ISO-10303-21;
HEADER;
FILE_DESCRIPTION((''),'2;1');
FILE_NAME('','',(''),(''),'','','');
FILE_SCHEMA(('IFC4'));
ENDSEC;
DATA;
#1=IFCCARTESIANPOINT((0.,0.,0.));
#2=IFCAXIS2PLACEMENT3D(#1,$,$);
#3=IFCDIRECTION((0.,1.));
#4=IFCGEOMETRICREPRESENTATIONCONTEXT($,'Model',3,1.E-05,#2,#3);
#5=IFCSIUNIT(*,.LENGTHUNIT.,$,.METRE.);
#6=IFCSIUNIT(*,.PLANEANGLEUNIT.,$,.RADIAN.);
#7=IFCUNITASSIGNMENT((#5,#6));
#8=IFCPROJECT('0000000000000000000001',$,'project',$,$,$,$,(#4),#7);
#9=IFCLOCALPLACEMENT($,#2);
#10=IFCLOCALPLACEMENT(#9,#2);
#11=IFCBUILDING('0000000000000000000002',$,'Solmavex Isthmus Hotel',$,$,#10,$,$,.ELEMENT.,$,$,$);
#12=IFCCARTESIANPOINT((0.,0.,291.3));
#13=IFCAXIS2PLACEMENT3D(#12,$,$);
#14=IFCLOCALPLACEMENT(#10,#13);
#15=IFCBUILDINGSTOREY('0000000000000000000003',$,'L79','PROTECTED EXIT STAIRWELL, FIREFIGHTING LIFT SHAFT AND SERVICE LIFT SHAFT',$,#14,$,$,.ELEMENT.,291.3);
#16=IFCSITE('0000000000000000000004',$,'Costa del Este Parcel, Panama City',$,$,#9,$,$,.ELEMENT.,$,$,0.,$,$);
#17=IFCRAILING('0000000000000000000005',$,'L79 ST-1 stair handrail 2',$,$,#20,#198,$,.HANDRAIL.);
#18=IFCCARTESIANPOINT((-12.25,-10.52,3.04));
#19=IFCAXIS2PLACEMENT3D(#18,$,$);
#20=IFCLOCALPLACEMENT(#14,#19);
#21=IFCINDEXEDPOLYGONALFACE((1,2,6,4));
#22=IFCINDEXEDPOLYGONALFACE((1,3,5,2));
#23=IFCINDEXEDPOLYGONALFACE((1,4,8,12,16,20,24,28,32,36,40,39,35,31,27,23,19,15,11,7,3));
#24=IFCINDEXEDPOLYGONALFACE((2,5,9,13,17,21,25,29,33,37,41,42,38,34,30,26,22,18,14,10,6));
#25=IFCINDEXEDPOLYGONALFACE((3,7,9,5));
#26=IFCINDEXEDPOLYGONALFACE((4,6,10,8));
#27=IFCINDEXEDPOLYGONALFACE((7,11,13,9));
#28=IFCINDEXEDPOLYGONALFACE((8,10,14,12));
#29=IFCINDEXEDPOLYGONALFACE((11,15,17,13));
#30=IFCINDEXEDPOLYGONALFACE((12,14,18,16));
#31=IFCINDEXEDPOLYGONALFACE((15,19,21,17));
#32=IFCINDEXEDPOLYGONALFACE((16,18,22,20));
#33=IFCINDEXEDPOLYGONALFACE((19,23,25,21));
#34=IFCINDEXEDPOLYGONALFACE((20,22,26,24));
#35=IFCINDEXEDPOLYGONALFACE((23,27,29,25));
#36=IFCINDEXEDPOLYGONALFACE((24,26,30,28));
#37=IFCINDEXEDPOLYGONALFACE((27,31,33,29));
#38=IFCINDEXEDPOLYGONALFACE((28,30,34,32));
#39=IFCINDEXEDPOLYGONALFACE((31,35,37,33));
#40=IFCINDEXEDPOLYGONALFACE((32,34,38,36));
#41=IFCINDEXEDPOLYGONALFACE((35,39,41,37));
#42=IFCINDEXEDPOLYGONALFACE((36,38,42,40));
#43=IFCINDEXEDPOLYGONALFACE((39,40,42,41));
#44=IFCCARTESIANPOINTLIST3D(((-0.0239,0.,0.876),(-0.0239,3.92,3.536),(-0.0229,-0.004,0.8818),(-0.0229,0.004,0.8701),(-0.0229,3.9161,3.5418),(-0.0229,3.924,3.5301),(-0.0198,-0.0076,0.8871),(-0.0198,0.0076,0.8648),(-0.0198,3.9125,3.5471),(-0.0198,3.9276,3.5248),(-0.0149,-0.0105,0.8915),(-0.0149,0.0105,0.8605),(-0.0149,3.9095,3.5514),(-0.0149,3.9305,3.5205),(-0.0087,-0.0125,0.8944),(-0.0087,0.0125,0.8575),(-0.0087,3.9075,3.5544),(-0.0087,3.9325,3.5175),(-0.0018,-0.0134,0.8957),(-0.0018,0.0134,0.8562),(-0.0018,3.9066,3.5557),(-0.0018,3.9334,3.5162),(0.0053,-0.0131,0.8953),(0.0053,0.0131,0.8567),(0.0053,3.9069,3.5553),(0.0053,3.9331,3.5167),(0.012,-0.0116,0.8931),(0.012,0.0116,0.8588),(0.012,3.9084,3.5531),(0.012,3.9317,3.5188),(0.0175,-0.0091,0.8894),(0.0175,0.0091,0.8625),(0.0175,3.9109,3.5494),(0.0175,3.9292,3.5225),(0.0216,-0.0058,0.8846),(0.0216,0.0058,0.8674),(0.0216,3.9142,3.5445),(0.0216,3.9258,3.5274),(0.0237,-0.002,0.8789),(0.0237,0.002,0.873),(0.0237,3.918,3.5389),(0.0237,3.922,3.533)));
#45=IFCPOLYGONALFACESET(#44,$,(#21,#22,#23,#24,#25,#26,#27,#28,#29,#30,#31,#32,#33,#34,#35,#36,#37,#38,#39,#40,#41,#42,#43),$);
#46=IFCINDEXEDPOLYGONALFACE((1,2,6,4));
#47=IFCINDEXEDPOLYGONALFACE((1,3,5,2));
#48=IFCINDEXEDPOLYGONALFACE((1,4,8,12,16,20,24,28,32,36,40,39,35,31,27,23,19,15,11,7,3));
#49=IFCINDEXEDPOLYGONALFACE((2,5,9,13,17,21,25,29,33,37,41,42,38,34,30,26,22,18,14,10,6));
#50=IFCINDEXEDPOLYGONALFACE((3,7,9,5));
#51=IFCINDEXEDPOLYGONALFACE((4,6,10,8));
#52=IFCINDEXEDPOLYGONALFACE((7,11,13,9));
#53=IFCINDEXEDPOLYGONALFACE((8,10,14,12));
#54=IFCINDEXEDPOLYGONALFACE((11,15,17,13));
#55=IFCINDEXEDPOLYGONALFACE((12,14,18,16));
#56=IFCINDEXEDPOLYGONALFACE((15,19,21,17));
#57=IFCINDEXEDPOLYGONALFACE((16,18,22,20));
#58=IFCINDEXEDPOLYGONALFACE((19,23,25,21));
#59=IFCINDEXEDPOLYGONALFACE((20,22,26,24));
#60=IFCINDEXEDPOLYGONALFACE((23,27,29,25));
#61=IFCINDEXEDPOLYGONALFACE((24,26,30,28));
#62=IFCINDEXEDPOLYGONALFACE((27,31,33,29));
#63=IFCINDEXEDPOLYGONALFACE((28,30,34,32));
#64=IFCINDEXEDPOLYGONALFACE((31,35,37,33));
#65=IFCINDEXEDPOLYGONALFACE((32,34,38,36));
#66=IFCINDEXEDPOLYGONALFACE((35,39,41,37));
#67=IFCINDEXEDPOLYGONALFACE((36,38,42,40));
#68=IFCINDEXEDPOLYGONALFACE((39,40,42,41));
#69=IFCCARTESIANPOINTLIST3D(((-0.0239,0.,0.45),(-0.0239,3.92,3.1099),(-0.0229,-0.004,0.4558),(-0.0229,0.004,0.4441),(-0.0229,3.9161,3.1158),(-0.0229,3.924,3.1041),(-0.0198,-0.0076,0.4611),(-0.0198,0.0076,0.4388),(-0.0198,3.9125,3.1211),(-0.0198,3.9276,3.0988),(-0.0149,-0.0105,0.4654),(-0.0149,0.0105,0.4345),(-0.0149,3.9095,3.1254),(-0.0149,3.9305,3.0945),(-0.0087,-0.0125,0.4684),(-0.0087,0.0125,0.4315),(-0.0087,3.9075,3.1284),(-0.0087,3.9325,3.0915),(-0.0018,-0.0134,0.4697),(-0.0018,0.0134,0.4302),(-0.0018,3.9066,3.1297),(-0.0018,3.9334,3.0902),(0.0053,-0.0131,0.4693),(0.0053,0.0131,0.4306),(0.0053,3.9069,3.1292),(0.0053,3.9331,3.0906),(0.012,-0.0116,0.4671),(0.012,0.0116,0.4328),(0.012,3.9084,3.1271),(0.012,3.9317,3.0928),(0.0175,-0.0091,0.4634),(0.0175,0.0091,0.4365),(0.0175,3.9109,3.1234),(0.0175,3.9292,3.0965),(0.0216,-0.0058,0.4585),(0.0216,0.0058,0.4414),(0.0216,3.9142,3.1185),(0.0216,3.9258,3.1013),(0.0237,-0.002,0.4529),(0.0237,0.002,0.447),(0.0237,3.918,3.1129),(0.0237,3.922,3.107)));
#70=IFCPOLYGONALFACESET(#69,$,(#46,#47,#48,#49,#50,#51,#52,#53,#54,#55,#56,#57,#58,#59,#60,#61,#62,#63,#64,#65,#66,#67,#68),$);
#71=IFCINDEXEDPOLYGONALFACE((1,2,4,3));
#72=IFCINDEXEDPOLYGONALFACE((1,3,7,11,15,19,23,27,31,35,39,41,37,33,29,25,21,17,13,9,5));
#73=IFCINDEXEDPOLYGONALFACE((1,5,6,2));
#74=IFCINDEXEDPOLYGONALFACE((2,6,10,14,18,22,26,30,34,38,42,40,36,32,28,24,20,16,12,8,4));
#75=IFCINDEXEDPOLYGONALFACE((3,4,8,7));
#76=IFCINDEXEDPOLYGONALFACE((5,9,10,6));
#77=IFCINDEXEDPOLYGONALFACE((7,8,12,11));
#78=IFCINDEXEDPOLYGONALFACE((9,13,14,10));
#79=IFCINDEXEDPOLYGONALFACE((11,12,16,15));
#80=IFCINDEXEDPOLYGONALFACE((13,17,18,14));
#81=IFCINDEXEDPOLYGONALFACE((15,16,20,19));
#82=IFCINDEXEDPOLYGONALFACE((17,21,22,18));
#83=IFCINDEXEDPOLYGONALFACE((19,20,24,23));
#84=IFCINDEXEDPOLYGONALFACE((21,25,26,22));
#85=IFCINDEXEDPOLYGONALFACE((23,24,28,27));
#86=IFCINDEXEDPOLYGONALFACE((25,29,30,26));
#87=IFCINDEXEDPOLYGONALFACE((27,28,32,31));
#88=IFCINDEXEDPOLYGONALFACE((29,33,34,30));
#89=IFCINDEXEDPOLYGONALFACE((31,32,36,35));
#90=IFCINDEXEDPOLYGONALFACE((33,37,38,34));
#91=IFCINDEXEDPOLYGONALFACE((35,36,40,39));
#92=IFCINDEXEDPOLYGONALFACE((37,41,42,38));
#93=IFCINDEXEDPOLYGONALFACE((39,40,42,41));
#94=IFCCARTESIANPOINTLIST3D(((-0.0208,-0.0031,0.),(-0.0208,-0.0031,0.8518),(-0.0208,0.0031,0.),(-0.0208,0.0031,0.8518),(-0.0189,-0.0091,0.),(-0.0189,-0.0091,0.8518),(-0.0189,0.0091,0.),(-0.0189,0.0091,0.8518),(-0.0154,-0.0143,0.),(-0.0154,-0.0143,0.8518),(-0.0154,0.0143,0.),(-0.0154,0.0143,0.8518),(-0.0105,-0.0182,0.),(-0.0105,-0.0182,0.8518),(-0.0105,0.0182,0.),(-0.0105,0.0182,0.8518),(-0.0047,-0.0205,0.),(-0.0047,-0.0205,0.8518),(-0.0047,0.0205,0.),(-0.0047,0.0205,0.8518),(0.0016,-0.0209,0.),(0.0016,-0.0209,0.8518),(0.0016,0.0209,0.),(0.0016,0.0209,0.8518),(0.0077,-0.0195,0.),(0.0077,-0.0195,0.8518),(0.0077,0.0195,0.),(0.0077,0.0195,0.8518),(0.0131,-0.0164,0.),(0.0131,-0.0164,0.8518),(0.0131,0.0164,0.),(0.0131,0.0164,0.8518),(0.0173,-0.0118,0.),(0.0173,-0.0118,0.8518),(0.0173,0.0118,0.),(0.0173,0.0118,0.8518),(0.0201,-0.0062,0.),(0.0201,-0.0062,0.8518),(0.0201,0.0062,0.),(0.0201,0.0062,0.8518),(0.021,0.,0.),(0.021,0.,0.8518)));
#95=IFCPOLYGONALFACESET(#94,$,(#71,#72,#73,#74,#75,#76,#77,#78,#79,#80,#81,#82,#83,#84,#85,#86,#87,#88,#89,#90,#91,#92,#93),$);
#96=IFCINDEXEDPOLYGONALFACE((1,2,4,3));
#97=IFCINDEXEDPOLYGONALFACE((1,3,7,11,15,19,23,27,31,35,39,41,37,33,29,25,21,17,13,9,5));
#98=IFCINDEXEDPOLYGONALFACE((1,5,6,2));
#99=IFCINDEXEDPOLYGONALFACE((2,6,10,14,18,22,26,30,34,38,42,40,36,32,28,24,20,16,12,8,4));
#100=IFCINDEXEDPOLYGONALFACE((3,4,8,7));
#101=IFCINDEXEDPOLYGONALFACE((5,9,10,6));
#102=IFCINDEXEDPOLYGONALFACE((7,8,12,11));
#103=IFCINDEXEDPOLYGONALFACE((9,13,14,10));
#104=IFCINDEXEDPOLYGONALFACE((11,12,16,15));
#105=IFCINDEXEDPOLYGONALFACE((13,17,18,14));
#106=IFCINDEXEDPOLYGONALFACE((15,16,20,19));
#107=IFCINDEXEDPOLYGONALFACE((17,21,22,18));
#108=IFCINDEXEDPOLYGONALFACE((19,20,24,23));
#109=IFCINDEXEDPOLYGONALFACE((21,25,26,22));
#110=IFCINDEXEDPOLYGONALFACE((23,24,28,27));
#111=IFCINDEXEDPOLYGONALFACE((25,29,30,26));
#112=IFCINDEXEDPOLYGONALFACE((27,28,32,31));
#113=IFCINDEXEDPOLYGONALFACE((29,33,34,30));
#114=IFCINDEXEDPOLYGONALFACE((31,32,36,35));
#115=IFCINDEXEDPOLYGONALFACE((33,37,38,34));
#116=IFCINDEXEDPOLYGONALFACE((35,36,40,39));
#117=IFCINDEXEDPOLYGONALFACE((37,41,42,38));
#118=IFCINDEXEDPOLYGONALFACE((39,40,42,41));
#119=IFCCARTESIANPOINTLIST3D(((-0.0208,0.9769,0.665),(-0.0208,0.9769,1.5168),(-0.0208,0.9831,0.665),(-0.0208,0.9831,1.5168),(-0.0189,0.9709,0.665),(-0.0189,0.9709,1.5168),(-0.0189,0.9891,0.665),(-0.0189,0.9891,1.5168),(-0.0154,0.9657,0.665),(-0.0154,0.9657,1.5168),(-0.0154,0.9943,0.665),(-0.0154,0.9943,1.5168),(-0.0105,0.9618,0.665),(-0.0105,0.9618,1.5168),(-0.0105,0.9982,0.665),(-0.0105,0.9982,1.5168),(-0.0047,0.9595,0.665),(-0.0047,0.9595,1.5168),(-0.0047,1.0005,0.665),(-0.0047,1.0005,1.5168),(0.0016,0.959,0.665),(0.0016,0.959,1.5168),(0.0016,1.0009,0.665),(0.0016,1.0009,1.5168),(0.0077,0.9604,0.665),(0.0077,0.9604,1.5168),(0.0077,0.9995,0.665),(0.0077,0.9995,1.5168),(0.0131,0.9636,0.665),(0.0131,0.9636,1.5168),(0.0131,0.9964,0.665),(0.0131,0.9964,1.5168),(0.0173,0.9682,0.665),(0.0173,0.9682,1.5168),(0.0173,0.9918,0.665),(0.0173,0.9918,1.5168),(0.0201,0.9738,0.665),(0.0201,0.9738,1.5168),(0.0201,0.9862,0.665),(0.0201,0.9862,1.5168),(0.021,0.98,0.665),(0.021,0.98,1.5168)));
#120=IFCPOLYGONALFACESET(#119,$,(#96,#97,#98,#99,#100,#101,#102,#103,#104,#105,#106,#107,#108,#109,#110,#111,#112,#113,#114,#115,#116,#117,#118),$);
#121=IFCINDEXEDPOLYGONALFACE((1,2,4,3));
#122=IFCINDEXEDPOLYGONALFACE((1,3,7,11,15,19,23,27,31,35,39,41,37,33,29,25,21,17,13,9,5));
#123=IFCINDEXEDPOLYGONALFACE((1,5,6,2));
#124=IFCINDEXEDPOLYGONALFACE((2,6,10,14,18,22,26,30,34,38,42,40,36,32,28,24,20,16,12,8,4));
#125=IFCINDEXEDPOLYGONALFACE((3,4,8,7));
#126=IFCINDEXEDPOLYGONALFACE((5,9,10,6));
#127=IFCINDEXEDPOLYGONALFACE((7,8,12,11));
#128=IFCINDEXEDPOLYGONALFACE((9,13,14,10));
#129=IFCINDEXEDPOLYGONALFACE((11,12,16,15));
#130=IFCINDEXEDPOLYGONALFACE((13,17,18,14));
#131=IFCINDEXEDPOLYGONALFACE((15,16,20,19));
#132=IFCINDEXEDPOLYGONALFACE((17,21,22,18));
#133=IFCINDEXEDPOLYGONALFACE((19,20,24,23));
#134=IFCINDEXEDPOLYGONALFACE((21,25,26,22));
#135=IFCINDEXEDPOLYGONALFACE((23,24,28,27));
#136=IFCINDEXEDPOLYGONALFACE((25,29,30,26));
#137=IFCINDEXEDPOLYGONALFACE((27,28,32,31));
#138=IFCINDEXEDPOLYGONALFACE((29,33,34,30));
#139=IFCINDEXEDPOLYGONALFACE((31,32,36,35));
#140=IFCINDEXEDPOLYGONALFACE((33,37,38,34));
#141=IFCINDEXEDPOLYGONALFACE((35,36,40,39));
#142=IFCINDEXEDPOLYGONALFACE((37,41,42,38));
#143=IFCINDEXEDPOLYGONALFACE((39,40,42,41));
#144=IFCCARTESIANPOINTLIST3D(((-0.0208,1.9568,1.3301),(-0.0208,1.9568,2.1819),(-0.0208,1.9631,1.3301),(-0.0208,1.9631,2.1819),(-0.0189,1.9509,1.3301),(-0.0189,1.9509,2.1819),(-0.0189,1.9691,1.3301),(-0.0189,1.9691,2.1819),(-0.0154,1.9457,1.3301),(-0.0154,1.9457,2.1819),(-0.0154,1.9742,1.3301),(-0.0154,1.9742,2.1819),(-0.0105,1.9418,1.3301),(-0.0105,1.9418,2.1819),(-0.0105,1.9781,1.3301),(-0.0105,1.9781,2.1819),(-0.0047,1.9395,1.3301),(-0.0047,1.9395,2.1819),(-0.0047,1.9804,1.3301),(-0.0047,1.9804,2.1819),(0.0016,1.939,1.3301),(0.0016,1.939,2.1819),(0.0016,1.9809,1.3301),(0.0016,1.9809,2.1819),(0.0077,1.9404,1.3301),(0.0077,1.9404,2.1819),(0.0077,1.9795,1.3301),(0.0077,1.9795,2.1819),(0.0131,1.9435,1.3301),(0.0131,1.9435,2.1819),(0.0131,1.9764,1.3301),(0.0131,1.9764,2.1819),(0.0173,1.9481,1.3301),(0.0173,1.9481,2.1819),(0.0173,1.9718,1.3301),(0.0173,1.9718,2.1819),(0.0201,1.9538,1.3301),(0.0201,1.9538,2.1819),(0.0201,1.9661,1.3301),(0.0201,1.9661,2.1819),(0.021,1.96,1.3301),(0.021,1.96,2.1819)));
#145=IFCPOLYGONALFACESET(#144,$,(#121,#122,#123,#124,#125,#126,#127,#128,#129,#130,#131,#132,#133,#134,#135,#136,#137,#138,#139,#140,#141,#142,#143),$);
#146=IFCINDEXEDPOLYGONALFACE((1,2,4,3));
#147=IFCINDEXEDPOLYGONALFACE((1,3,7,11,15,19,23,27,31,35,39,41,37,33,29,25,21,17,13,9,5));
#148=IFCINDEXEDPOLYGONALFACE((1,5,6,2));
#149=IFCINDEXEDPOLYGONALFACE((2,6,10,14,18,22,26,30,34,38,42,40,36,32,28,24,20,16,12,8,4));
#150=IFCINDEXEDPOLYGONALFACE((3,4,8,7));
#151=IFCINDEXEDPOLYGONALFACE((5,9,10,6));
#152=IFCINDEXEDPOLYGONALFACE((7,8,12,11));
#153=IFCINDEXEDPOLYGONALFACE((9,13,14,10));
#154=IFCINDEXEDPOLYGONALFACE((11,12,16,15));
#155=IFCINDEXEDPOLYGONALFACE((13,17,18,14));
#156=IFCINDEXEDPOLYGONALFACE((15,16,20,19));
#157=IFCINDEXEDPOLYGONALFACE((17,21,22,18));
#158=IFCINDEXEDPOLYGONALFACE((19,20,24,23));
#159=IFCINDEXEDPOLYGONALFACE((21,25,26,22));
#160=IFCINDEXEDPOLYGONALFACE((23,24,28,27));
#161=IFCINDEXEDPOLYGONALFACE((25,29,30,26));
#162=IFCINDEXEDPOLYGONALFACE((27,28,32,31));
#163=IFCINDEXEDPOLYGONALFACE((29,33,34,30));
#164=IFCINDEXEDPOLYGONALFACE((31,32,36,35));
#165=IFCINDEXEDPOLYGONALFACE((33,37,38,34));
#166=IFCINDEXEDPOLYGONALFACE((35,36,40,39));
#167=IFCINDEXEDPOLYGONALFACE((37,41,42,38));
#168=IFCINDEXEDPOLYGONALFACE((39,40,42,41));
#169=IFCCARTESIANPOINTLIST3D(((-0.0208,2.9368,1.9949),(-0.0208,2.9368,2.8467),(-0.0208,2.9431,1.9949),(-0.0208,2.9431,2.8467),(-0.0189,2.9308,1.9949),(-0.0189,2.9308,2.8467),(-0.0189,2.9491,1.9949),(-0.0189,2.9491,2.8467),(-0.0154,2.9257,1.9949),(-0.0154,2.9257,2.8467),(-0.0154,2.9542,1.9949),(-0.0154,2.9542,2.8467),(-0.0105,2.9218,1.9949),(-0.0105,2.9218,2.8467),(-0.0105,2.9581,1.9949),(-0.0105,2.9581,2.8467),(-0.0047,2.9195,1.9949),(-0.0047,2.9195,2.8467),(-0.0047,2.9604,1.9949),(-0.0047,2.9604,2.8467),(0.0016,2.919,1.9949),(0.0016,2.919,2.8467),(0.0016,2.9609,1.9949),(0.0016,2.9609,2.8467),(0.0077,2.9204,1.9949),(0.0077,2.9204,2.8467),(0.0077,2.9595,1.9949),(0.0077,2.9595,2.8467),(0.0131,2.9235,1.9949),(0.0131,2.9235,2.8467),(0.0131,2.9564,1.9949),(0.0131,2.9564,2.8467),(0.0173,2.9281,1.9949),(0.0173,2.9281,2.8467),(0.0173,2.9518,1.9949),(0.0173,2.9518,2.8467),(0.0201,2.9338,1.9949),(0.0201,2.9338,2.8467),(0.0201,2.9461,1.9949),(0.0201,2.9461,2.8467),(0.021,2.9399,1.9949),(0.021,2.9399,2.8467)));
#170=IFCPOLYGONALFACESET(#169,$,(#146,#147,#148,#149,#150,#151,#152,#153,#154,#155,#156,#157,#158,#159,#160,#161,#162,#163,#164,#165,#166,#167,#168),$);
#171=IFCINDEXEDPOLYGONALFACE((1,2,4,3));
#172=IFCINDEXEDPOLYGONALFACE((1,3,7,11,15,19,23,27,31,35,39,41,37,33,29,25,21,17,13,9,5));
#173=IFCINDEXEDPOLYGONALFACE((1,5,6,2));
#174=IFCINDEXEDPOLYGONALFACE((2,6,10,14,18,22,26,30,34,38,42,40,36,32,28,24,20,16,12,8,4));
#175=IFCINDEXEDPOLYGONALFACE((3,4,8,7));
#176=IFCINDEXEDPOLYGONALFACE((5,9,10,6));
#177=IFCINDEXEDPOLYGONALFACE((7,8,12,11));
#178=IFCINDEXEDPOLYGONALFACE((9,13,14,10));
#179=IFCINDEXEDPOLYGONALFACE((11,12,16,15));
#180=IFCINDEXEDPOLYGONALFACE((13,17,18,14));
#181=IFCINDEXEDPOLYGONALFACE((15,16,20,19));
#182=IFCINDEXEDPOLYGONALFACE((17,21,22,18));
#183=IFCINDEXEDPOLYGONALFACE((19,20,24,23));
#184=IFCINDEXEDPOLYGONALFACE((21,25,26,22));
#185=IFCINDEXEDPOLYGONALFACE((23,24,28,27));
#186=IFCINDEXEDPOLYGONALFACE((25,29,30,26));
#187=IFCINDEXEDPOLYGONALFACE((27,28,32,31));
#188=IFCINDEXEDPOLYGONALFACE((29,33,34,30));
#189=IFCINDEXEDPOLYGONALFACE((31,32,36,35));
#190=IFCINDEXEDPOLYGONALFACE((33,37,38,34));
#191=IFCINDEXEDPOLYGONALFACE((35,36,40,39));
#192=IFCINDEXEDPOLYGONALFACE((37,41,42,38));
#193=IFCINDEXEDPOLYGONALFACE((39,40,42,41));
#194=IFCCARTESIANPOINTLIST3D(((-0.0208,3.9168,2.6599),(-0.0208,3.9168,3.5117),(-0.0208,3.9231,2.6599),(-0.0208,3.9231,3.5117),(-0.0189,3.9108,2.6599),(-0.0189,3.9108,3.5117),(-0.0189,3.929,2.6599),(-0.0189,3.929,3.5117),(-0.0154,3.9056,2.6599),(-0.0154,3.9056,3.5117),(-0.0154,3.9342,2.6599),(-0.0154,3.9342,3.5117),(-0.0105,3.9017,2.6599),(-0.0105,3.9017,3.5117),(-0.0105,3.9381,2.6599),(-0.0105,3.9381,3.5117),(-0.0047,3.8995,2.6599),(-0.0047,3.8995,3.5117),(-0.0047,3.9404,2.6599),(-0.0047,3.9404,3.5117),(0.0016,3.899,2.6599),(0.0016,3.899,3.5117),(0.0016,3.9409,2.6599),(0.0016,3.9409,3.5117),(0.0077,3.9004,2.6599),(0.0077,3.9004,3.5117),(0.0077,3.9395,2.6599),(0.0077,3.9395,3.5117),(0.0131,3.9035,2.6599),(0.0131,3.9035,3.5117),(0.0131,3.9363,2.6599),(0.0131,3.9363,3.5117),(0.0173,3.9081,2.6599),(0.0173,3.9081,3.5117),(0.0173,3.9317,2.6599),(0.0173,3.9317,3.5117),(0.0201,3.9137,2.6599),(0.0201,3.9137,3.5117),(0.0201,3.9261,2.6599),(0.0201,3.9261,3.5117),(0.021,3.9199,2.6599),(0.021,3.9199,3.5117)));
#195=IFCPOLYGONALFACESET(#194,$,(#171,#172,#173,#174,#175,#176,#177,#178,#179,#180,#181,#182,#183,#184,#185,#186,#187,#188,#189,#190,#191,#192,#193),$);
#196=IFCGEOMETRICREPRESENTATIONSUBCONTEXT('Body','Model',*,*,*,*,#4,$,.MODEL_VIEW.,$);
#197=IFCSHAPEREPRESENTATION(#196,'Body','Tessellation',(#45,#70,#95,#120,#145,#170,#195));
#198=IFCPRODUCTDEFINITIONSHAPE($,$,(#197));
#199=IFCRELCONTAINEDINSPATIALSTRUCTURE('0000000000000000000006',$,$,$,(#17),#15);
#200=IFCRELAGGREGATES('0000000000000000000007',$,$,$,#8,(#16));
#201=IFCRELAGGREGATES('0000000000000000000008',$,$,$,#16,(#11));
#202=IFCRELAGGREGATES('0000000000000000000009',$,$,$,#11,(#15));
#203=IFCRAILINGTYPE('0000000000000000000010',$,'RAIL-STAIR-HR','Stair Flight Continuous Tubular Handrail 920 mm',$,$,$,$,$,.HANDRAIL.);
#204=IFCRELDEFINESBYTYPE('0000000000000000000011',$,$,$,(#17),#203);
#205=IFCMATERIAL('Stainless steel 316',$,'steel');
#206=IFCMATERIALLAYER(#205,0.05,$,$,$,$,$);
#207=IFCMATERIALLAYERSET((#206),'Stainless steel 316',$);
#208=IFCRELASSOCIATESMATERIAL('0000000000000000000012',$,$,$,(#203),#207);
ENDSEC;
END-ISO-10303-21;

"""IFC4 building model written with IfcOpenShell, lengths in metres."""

from ifc_helpers import new_model, si_unit, direction, frame, origin, origin_2d, place, context, subcontext, project, spatial, circle, extrude, material, layer, layer_set, type_object, element, save


model = new_model("IFC4")

# Units and contexts
model_context = context("Model", 3, precision=1e-05, world=origin(), true_north=direction((0.0, 1.0)))
body_context = subcontext(model_context, "Body", "Model", "MODEL_VIEW")
ifc_project = project(units=[si_unit("LENGTHUNIT", "METRE"), si_unit("PLANEANGLEUNIT", "RADIAN")], contexts=[model_context])

# Site, building, storey
site_placement = place(None, origin())
site = spatial("IfcSite", under=ifc_project, at=site_placement, Name="Costa del Este Parcel, Panama City", CompositionType="ELEMENT", RefElevation=0.0)
building_placement = place(site_placement, origin())
building = spatial("IfcBuilding", under=site, at=building_placement, Name="Solmavex Isthmus Hotel", CompositionType="ELEMENT")
storey_placement = place(building_placement, frame((0.0, 0.0, 291.3)))
storey = spatial("IfcBuildingStorey", under=building, at=storey_placement, Name="L79", Description="PROTECTED EXIT STAIRWELL, FIREFIGHTING LIFT SHAFT AND SERVICE LIFT SHAFT", CompositionType="ELEMENT", Elevation=291.3)

# Shared definitions
ifc_material_1 = material(Name="Stainless steel 316", Category="steel")

# Railing
ifc_layer_1 = layer(ifc_material_1, 0.05)
ifc_layer_set_1 = layer_set([ifc_layer_1], Name="Stainless steel 316")
railing_type_1 = type_object("IfcRailingType", Name="RAIL-STAIR-HR", Description="Stair Flight Continuous Tubular Handrail 920 mm", PredefinedType="HANDRAIL", material=ifc_layer_set_1)
railing_1_placement = place(storey_placement, frame((-12.25, -10.52, 3.04)))
element("IfcRailing", 1, at=railing_1_placement, inside=storey, type_object=railing_type_1, Name="L79 ST-1 stair handrail 2", PredefinedType="HANDRAIL", context=body_context, shape_type="SweptSolid", body=[
    extrude(circle(Radius=0.0239, at=origin_2d()), frame((0.0, 0.0, 0.876), z_axis=(0.0, 0.827479, 0.561496), x_axis=(-1.0, 0.0, 0.0)), (0.0, 0.0, 1.0), 4.7373),
    extrude(circle(Radius=0.0239, at=origin_2d()), frame((0.0, 0.0, 0.45), z_axis=(0.0, 0.827479, 0.561496), x_axis=(-1.0, 0.0, 0.0)), (0.0, 0.0, 1.0), 4.7373),
    extrude(circle(Radius=0.021, at=origin_2d()), origin(), (0.0, 0.0, 1.0), 0.8518),
    extrude(circle(Radius=0.021, at=origin_2d()), frame((0.0, 0.98, 0.665)), (0.0, 0.0, 1.0), 0.8518),
    extrude(circle(Radius=0.021, at=origin_2d()), frame((0.0, 1.96, 1.3301)), (0.0, 0.0, 1.0), 0.8518),
    extrude(circle(Radius=0.021, at=origin_2d()), frame((0.0, 2.9399, 1.9949)), (0.0, 0.0, 1.0), 0.8518),
    extrude(circle(Radius=0.021, at=origin_2d()), frame((0.0, 3.9199, 2.6599)), (0.0, 0.0, 1.0), 0.8518),
])

save(model, "model.ifc")
